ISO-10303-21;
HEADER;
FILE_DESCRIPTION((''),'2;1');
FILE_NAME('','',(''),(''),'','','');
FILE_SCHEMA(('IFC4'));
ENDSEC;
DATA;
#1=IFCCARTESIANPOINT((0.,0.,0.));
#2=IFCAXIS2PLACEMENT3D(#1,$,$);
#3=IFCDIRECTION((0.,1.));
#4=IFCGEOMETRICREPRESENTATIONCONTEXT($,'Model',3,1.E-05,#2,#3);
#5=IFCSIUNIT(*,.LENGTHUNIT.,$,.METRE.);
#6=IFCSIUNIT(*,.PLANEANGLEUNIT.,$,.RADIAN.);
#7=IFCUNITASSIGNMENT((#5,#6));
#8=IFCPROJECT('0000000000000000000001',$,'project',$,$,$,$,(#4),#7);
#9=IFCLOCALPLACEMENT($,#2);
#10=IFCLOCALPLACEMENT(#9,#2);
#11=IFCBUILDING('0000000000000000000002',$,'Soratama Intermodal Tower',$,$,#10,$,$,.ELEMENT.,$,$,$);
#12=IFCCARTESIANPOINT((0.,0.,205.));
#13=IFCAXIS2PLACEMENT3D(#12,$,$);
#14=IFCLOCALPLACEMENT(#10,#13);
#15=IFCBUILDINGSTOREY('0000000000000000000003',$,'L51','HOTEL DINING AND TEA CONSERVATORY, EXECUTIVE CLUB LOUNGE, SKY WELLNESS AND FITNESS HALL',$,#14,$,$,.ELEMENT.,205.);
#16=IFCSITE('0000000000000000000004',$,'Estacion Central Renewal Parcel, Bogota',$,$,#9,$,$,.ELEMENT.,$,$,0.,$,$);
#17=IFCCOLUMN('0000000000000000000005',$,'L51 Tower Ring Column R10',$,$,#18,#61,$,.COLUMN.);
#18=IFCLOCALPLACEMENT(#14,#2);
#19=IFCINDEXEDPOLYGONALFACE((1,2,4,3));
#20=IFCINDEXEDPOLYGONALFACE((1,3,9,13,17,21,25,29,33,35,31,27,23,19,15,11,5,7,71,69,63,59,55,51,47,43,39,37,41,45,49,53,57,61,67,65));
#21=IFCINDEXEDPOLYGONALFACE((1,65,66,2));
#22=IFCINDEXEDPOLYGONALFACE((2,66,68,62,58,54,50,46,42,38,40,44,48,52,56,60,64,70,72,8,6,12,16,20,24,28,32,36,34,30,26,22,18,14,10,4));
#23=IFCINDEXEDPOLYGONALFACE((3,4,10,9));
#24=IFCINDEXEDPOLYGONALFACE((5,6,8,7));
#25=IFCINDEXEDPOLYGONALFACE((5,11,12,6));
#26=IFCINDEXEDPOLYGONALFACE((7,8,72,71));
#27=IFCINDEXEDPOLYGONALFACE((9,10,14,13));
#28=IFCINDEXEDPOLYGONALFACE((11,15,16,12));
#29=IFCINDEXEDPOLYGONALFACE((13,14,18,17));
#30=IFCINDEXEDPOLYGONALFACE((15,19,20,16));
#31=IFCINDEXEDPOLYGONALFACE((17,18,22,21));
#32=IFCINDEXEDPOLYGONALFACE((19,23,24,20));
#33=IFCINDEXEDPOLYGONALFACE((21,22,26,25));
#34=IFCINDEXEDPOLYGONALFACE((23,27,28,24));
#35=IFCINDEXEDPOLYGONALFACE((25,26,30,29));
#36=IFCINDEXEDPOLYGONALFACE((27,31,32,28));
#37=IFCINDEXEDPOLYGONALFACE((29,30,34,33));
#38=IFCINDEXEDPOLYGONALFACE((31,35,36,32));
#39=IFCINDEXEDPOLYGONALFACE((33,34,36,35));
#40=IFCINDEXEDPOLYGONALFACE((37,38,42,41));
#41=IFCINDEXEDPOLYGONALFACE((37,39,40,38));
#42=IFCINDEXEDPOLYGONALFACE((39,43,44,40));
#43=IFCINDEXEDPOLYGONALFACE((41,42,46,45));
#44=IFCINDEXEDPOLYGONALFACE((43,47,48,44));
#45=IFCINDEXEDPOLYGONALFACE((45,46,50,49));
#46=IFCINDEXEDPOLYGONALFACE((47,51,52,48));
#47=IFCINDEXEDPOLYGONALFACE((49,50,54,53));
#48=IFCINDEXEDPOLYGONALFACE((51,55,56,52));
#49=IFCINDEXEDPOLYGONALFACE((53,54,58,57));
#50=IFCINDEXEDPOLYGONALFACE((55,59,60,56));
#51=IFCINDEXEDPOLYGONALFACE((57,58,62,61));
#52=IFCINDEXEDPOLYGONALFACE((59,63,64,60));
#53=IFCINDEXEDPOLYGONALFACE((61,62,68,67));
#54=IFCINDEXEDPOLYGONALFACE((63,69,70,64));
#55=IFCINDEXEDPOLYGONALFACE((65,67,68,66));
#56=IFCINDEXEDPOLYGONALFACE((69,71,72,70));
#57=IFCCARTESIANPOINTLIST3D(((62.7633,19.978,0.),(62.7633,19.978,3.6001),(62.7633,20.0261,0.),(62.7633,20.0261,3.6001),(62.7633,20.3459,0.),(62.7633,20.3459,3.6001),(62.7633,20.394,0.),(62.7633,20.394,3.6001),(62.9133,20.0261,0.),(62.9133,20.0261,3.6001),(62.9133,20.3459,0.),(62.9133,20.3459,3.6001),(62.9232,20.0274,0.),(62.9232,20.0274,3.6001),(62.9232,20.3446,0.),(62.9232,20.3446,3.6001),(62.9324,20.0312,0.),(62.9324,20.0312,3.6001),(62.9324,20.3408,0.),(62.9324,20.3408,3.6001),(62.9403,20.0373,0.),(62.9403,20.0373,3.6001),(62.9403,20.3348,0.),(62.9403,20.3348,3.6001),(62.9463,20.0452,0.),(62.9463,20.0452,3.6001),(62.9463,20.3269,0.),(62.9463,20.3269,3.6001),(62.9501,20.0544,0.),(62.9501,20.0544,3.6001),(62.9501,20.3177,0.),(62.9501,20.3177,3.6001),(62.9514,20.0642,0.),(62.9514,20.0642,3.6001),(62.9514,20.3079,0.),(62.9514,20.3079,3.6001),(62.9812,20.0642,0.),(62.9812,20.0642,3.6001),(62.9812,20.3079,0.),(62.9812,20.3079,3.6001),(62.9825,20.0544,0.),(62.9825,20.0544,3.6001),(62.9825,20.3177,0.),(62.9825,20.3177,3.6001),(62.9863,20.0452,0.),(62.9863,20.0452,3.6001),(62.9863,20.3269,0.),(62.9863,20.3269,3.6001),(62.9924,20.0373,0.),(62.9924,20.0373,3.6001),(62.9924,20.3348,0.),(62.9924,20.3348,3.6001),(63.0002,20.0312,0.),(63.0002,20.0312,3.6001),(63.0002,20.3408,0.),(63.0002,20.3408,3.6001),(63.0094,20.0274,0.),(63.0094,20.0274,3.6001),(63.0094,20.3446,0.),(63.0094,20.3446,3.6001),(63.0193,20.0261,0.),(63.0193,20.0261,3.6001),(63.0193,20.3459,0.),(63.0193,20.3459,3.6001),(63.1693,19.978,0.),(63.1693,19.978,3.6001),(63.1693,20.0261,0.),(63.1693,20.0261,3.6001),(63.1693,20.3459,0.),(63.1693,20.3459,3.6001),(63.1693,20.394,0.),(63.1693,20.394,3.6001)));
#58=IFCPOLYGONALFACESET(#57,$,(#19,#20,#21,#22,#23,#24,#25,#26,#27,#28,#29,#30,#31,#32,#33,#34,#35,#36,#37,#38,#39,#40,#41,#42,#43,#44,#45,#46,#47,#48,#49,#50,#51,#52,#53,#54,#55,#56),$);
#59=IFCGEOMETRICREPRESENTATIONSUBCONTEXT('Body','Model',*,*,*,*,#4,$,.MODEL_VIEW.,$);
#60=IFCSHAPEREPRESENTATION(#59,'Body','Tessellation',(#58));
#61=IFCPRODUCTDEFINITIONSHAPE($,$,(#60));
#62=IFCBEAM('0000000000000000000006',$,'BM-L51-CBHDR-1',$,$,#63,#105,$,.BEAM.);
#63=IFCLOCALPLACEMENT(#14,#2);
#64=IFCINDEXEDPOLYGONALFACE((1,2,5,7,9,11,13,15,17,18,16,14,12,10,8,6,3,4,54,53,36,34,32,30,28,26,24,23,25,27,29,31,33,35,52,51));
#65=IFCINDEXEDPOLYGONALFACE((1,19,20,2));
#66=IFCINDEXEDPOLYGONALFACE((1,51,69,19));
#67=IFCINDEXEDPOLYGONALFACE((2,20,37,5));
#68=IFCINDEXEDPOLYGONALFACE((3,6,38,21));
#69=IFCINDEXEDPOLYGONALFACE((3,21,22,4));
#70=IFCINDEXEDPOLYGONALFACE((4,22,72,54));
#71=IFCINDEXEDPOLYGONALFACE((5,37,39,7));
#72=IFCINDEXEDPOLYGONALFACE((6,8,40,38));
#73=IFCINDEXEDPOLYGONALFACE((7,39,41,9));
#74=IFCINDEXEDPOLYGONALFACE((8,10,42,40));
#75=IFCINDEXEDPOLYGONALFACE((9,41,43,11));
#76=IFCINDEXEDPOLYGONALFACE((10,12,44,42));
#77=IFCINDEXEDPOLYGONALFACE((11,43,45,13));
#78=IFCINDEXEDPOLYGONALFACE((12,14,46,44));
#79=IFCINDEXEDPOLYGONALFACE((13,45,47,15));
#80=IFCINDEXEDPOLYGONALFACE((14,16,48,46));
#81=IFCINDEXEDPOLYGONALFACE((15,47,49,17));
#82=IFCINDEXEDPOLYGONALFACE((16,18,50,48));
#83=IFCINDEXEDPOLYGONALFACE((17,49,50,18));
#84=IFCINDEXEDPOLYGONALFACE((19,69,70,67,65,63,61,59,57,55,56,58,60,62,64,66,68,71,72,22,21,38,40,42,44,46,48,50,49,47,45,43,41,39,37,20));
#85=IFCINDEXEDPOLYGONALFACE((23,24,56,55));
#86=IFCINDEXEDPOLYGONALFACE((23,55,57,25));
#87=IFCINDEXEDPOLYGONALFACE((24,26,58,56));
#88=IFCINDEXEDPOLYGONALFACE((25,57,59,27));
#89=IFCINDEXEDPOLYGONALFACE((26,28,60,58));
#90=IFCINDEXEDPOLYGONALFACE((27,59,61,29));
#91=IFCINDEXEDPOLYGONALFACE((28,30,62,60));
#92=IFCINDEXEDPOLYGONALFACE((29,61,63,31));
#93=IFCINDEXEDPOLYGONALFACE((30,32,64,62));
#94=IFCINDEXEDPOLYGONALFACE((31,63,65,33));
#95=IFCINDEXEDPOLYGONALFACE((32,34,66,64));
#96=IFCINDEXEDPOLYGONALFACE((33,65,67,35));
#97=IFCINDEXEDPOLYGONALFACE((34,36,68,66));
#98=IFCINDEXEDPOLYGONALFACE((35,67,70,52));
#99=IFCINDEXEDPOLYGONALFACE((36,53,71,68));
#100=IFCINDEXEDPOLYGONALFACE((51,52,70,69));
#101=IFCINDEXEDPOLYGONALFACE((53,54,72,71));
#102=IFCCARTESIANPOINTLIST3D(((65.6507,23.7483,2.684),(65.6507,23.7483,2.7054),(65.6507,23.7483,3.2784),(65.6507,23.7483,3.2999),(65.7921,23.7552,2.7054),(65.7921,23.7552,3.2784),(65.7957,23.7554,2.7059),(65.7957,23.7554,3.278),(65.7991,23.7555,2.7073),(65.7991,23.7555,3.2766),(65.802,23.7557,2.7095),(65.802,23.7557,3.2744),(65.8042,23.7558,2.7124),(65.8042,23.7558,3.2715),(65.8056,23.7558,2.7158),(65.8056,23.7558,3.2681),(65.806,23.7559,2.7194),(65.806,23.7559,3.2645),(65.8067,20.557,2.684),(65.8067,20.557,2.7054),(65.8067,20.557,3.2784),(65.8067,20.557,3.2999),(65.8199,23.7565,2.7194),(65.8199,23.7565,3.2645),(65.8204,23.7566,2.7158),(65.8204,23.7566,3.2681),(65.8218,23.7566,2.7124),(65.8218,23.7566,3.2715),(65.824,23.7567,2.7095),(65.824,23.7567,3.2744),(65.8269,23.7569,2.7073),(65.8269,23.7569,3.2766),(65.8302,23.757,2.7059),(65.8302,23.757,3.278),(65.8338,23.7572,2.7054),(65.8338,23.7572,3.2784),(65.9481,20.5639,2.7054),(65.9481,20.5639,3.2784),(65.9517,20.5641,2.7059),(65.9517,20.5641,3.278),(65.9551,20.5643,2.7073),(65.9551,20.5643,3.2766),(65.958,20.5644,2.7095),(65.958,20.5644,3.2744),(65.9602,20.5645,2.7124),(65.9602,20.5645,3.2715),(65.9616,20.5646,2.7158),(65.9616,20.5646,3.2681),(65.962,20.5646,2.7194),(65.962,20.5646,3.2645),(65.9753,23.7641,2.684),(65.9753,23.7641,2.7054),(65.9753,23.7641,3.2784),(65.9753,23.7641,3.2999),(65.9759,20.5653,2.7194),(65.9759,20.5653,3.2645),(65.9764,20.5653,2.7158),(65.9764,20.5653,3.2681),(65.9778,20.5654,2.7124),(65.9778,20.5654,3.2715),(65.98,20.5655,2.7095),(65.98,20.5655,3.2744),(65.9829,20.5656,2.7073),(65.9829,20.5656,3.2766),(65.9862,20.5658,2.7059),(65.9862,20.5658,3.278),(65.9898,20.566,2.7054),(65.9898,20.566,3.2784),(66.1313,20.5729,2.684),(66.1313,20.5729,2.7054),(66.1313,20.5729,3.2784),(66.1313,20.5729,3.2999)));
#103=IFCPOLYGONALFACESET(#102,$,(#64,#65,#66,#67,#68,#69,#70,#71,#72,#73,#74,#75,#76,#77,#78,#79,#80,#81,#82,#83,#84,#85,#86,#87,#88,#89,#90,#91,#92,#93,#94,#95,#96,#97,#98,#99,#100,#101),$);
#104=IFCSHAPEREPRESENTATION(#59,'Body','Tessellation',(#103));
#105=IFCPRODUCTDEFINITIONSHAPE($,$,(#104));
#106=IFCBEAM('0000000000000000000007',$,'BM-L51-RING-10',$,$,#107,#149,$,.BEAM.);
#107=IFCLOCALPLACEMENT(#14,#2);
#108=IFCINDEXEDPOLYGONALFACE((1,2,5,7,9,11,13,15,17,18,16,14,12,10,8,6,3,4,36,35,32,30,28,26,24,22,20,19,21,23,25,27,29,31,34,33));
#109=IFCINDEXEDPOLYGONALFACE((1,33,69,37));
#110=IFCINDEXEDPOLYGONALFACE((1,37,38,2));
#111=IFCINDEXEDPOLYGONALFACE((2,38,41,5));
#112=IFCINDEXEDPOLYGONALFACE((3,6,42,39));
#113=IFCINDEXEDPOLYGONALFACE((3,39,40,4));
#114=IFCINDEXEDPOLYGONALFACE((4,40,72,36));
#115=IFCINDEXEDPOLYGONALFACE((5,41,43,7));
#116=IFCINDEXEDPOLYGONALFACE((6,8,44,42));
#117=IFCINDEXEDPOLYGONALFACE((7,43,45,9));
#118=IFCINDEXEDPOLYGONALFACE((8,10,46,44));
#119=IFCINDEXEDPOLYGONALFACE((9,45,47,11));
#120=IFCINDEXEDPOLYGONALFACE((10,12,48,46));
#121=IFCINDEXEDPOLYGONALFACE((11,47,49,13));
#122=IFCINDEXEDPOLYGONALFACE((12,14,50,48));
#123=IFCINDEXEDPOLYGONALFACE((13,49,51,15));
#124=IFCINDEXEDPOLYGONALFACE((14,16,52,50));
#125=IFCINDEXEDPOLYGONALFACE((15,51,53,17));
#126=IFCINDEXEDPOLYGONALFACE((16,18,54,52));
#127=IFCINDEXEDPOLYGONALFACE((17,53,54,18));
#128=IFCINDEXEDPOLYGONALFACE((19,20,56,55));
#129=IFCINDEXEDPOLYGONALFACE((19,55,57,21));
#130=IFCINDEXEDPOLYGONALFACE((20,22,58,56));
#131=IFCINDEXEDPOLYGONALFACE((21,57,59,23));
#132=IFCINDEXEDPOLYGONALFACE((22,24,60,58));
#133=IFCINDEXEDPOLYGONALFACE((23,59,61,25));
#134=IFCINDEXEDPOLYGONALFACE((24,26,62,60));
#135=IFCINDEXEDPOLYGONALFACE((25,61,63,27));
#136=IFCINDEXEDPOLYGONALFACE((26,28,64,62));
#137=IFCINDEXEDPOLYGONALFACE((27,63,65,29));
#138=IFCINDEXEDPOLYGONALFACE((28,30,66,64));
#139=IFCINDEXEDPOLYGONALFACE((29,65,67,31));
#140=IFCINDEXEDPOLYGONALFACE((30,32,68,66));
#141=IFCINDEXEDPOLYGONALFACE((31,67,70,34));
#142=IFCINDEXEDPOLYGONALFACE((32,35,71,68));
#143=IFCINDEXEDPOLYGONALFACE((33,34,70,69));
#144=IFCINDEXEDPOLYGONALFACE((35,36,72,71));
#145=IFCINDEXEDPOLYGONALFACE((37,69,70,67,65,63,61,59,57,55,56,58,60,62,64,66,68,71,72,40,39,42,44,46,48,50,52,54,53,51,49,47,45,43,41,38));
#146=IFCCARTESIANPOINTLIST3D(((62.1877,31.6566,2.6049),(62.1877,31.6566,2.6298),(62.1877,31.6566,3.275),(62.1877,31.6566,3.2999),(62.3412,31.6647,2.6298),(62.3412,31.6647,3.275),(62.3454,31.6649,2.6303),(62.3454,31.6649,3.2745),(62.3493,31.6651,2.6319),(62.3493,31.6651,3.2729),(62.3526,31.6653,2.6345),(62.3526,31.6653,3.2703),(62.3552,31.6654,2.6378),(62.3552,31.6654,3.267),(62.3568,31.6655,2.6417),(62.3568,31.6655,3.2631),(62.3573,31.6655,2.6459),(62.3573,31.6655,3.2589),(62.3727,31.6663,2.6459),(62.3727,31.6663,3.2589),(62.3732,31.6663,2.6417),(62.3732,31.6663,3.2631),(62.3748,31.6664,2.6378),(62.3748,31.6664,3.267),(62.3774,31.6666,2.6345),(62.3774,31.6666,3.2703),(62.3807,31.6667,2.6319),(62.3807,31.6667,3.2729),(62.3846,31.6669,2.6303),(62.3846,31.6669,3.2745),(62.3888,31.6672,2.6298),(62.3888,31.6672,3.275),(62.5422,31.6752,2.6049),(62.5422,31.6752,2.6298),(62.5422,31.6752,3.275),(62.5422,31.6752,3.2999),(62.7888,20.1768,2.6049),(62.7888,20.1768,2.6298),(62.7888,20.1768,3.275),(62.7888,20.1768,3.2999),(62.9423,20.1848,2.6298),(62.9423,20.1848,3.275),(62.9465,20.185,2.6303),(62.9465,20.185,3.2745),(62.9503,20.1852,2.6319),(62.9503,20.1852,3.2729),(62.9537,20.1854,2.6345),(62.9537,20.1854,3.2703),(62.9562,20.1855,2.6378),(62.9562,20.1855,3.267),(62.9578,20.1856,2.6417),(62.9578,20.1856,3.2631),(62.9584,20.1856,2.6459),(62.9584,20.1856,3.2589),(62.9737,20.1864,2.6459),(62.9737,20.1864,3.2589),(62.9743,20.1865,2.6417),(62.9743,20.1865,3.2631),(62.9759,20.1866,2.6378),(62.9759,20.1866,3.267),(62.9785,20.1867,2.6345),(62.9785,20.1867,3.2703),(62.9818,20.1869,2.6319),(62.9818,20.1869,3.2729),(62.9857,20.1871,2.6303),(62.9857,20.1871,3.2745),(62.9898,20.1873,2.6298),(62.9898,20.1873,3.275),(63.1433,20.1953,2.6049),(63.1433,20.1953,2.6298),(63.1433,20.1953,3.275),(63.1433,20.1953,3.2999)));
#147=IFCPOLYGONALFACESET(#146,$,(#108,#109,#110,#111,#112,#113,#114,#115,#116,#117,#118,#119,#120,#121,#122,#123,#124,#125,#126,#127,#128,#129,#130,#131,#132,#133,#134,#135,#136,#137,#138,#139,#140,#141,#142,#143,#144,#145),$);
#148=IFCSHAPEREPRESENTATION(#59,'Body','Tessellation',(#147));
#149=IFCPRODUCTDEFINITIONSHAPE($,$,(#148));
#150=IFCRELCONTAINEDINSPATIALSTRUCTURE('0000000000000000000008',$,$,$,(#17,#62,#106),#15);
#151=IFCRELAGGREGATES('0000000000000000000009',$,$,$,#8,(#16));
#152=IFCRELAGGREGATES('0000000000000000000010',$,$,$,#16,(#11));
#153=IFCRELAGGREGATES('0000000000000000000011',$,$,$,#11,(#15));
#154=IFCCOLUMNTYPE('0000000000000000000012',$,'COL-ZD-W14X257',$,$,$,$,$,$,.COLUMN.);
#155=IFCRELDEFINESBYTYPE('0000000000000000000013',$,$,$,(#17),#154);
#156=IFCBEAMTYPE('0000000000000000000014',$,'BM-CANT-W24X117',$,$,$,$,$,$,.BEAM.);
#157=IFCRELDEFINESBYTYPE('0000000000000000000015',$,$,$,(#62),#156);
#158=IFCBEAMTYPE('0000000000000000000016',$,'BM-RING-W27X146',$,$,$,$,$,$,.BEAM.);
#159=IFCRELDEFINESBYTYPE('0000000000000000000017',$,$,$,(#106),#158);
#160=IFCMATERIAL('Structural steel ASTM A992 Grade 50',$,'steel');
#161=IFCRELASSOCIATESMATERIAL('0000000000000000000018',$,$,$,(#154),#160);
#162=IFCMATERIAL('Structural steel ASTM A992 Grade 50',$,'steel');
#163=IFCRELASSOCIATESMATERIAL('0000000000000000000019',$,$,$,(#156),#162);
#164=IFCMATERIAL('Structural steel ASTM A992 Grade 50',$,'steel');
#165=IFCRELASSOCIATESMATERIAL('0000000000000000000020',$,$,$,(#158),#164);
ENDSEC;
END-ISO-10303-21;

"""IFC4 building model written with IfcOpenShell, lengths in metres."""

from ifc_helpers import new_model, si_unit, direction, frame, origin, origin_2d, place, context, subcontext, project, spatial, i_section, extrude, material, material_profile, profile_set, type_object, element, save


model = new_model("IFC4")

# Units and contexts
model_context = context("Model", 3, precision=1e-05, world=origin(), true_north=direction((0.0, 1.0)))
body_context = subcontext(model_context, "Body", "Model", "MODEL_VIEW")
ifc_project = project(units=[si_unit("LENGTHUNIT", "METRE"), si_unit("PLANEANGLEUNIT", "RADIAN")], contexts=[model_context])

# Site, building, storey
site_placement = place(None, origin())
site = spatial("IfcSite", under=ifc_project, at=site_placement, Name="Estacion Central Renewal Parcel, Bogota", CompositionType="ELEMENT", RefElevation=0.0)
building_placement = place(site_placement, origin())
building = spatial("IfcBuilding", under=site, at=building_placement, Name="Soratama Intermodal Tower", CompositionType="ELEMENT")
storey_placement = place(building_placement, frame((0.0, 0.0, 205.0)))
storey = spatial("IfcBuildingStorey", under=building, at=storey_placement, Name="L51", Description="HOTEL DINING AND TEA CONSERVATORY, EXECUTIVE CLUB LOUNGE, SKY WELLNESS AND FITNESS HALL", CompositionType="ELEMENT", Elevation=205.0)

# Column
ifc_material_1 = material(Name="Structural steel ASTM A992 Grade 50", Category="steel")
ifc_material_profile_1 = material_profile(ifc_material_1, i_section(OverallWidth=0.406, OverallDepth=0.416, WebThickness=0.0298, FlangeThickness=0.0481, FilletRadius=0.0381, at=origin_2d()), Name="W14X257")
ifc_profile_set_1 = profile_set([ifc_material_profile_1], Name="Structural steel ASTM A992 Grade 50")
column_type = type_object("IfcColumnType", Name="COL-ZD-W14X257", PredefinedType="COLUMN", material=ifc_profile_set_1)
column_placement = place(storey_placement, frame((62.9663, 20.186, 0.0), z_axis=(0.0, 0.0, 1.0), x_axis=(1.0, 0.0, 0.0)))
element("IfcColumn", 1, at=column_placement, inside=storey, type_object=column_type, Name="L51 Tower Ring Column R10", PredefinedType="COLUMN", context=body_context, shape_type="SweptSolid", body=[
    extrude(i_section(OverallWidth=0.406, OverallDepth=0.416, WebThickness=0.0298, FlangeThickness=0.0481, FilletRadius=0.0381, at=origin_2d()), origin(), (0.0, 0.0, 1.0), 3.6001),
])

# Beams
ifc_material_2 = material(Name="Structural steel ASTM A992 Grade 50", Category="steel")
ifc_material_profile_2 = material_profile(ifc_material_2, i_section(OverallWidth=0.325, OverallDepth=0.616, WebThickness=0.0139, FlangeThickness=0.0215, FilletRadius=0.0139, at=origin_2d()), Name="W24X117")
ifc_profile_set_2 = profile_set([ifc_material_profile_2], Name="Structural steel ASTM A992 Grade 50")
beam_type_1 = type_object("IfcBeamType", Name="BM-CANT-W24X117", PredefinedType="BEAM", material=ifc_profile_set_2)
beam_1_placement = place(storey_placement, frame((65.969, 20.5649, 2.9919), z_axis=(-0.048829, 0.998807, 0.0), x_axis=(-0.998807, -0.048829, 0.0)))
element("IfcBeam", 2, at=beam_1_placement, inside=storey, type_object=beam_type_1, Name="BM-L51-CBHDR-1", PredefinedType="BEAM", context=body_context, shape_type="SweptSolid", body=[
    extrude(i_section(OverallWidth=0.325, OverallDepth=0.616, WebThickness=0.0139, FlangeThickness=0.0215, FilletRadius=0.0139, at=origin_2d()), origin(), (0.0, 0.0, 1.0), 3.1951),
])
ifc_material_3 = material(Name="Structural steel ASTM A992 Grade 50", Category="steel")
ifc_material_profile_3 = material_profile(ifc_material_3, i_section(OverallWidth=0.355, OverallDepth=0.6951, WebThickness=0.0154, FlangeThickness=0.0249, FilletRadius=0.0161, at=origin_2d()), Name="W27X146")
ifc_profile_set_3 = profile_set([ifc_material_profile_3], Name="Structural steel ASTM A992 Grade 50")
beam_type_2 = type_object("IfcBeamType", Name="BM-RING-W27X146", PredefinedType="BEAM", material=ifc_profile_set_3)
beam_2_placement = place(storey_placement, frame((62.9661, 20.186, 2.9524), z_axis=(-0.052287, 0.998632, 0.0), x_axis=(-0.998632, -0.052287, 0.0)))
element("IfcBeam", 3, at=beam_2_placement, inside=storey, type_object=beam_type_2, Name="BM-L51-RING-10", PredefinedType="BEAM", context=body_context, shape_type="SweptSolid", body=[
    extrude(i_section(OverallWidth=0.355, OverallDepth=0.6951, WebThickness=0.0154, FlangeThickness=0.0249, FilletRadius=0.0161, at=origin_2d()), origin(), (0.0, 0.0, 1.0), 11.4956),
])

save(model, "model.ifc")
